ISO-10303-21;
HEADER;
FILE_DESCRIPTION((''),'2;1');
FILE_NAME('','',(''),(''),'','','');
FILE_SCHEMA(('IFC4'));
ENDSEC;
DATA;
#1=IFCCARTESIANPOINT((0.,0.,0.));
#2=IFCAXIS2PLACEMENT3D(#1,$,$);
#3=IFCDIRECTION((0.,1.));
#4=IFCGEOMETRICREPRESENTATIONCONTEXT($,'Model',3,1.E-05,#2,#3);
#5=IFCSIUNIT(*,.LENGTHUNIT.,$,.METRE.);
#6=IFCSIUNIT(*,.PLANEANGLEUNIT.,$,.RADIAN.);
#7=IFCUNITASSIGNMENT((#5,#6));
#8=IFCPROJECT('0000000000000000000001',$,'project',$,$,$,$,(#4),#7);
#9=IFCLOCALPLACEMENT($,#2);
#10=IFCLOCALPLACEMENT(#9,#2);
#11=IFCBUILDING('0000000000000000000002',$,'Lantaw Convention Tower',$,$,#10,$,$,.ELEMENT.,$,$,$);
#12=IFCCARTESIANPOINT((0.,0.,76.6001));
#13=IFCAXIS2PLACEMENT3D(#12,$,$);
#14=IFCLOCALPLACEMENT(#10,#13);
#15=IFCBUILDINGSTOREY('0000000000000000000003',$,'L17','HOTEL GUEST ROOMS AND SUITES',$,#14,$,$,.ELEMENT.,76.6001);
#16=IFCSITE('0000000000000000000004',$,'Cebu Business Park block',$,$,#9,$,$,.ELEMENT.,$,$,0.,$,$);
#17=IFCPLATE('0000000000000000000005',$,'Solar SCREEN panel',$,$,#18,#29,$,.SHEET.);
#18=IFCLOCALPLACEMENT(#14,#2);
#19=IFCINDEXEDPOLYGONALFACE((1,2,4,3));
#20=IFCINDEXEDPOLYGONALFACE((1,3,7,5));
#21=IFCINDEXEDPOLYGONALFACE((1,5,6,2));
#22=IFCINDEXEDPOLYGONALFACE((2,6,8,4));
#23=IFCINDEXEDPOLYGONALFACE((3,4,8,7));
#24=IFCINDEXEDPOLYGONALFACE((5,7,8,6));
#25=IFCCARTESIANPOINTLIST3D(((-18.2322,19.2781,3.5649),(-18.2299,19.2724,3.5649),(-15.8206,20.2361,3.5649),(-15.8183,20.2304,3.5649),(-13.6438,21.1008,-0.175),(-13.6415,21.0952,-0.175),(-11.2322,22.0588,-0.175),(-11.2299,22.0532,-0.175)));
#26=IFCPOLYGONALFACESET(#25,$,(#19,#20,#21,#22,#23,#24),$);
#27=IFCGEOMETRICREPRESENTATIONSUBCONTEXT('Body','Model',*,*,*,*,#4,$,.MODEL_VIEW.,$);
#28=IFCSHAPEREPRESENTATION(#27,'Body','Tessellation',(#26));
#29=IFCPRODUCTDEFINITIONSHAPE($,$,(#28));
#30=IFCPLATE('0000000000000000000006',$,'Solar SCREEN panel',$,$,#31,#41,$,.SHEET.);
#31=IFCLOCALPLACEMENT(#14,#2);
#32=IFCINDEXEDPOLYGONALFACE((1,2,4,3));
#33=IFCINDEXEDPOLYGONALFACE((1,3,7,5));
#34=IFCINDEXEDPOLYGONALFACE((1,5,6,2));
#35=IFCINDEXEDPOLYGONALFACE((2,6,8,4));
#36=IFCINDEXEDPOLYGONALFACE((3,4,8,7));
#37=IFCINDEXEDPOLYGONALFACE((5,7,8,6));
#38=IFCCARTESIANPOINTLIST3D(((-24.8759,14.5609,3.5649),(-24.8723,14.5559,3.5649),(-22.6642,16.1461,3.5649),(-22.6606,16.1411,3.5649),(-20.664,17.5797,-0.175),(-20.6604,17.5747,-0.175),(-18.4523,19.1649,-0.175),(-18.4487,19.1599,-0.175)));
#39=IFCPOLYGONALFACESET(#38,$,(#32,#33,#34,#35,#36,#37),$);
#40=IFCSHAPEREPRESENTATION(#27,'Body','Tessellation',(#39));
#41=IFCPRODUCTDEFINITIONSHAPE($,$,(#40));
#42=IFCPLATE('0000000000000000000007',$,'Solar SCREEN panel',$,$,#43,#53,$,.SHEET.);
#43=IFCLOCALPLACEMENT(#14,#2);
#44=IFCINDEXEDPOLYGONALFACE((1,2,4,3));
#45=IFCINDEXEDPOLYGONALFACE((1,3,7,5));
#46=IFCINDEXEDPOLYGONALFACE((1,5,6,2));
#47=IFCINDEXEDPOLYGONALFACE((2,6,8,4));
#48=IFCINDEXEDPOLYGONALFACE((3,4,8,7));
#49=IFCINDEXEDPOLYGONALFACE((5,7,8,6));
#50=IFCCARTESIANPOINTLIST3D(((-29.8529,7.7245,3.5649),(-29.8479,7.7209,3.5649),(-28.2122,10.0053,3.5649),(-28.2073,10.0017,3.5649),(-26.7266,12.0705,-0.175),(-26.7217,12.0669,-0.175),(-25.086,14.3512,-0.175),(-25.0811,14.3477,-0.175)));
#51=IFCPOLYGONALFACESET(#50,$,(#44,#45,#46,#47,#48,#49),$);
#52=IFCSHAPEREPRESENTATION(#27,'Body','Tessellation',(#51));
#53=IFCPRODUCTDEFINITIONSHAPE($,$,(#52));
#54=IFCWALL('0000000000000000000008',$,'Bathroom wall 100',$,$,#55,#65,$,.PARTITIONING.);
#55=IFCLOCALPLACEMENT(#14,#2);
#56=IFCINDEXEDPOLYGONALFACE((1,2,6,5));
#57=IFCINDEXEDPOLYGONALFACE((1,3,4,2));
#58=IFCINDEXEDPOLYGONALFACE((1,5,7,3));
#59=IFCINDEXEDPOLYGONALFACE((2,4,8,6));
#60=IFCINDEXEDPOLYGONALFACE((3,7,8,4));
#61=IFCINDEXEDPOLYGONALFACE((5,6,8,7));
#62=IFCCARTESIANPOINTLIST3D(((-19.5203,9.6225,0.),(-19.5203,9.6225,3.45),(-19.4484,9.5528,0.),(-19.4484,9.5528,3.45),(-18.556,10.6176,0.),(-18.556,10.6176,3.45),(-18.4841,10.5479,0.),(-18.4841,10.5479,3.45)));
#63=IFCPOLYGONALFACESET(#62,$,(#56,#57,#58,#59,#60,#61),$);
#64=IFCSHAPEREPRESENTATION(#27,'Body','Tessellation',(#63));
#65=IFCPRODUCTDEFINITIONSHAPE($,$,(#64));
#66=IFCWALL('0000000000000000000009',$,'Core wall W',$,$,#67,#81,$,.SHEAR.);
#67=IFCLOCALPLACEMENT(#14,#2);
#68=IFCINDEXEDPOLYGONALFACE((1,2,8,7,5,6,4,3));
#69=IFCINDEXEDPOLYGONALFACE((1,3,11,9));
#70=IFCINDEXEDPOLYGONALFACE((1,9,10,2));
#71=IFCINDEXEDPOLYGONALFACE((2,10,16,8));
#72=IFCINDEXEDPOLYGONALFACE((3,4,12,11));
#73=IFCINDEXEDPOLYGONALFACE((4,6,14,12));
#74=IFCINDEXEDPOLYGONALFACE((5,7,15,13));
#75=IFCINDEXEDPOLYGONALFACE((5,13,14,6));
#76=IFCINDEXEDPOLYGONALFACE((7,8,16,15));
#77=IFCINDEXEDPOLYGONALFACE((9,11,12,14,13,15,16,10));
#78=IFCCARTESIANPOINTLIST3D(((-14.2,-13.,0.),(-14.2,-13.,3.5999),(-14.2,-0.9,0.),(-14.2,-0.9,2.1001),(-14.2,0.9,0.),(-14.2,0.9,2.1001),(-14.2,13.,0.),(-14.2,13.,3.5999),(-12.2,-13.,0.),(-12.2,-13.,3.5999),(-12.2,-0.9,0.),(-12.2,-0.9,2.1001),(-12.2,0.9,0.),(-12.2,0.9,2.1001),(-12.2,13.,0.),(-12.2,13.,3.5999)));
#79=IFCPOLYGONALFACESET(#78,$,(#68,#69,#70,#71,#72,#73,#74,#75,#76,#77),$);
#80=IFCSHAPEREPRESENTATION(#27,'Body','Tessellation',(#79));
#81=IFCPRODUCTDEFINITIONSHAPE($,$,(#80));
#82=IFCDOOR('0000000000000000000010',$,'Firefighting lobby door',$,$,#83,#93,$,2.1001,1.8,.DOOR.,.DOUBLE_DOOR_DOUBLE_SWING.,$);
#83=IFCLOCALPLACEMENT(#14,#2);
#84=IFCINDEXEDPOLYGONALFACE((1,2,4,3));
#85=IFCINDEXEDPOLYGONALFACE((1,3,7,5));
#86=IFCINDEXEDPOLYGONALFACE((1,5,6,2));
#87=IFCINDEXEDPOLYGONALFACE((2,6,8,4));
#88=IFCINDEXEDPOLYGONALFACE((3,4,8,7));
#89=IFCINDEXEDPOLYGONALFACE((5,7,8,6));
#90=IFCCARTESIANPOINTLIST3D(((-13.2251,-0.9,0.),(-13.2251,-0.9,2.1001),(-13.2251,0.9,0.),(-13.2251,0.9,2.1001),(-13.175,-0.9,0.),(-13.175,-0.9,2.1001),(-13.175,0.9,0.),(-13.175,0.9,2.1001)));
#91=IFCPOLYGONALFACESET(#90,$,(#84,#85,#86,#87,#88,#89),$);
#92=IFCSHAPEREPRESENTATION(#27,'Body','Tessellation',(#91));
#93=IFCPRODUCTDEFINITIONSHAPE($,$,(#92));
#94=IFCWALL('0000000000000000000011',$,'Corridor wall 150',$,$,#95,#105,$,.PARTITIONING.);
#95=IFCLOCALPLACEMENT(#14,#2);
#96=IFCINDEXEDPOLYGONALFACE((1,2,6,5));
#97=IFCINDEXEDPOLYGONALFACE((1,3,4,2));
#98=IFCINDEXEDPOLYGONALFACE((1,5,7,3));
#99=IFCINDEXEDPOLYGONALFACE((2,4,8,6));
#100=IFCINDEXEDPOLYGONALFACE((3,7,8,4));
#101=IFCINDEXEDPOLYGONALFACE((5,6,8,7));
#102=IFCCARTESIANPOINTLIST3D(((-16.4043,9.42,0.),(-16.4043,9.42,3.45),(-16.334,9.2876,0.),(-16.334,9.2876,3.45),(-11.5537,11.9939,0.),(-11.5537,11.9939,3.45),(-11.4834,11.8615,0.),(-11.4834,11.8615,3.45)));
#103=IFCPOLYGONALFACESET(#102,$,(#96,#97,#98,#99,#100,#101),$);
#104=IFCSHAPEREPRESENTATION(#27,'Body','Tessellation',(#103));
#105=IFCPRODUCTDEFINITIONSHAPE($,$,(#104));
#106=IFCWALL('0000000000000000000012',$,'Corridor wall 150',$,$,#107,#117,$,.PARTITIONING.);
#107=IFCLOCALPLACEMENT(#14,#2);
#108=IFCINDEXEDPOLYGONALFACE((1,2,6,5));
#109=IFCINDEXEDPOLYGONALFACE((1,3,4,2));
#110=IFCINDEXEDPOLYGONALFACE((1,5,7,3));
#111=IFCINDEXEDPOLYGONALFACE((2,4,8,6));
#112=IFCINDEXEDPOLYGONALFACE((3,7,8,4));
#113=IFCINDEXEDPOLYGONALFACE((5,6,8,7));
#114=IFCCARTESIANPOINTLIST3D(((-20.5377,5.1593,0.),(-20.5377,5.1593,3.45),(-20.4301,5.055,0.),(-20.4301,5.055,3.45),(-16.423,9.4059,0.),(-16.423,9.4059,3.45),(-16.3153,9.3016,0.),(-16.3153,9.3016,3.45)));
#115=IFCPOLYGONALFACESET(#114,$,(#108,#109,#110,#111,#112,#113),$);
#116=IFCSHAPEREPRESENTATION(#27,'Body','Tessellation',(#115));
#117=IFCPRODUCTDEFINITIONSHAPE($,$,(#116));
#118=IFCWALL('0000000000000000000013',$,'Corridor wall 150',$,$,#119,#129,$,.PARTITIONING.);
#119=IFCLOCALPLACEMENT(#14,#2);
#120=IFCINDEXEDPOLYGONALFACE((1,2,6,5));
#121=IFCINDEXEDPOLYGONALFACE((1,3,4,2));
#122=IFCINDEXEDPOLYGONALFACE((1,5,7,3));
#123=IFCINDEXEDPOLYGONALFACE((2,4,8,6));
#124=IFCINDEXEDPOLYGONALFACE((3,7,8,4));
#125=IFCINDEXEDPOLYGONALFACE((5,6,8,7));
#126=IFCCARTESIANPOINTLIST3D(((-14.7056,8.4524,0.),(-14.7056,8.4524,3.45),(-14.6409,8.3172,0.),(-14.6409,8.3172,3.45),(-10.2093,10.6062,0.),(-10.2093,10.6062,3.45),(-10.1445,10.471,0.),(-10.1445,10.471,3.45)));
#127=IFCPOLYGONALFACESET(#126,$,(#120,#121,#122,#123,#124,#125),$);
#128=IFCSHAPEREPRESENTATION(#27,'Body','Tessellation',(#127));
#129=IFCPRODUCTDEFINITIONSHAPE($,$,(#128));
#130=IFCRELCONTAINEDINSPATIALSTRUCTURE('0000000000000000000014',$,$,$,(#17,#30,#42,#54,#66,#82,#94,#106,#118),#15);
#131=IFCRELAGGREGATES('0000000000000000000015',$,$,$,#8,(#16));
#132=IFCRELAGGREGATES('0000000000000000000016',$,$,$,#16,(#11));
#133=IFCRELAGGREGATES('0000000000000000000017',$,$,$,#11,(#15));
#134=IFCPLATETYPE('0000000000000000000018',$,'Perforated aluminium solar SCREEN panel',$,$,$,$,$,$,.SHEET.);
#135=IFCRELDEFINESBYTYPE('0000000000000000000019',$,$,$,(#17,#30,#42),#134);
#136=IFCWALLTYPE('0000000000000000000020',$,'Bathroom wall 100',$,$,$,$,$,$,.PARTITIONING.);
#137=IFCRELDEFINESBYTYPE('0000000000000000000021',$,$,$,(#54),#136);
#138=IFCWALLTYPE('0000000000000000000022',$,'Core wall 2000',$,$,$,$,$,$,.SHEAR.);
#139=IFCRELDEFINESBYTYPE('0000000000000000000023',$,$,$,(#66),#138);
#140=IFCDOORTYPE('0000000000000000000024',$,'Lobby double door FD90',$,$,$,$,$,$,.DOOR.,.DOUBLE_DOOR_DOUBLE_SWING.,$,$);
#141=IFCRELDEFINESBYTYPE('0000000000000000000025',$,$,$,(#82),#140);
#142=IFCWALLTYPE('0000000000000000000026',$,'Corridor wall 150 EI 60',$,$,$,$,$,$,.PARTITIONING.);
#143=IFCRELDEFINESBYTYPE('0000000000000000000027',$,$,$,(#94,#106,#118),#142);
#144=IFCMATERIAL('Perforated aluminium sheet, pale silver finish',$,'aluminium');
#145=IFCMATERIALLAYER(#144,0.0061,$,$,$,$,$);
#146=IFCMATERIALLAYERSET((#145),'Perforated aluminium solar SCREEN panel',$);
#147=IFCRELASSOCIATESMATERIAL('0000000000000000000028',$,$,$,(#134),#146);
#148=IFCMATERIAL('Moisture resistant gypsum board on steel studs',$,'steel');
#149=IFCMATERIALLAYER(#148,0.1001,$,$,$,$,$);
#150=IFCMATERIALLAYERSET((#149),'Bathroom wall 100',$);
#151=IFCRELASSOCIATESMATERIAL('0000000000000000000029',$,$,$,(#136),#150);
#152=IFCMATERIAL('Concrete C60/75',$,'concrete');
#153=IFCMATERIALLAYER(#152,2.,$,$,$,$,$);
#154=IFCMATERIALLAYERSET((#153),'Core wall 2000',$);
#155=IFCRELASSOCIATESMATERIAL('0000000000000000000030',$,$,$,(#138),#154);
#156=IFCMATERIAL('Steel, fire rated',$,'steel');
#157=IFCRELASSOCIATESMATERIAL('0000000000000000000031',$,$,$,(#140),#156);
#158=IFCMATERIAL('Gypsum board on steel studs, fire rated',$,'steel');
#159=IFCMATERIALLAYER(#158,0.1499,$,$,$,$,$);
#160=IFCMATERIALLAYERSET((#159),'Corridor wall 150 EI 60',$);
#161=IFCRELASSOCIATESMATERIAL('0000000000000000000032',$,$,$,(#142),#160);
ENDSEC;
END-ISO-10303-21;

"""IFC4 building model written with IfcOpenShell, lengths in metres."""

from ifc_helpers import new_model, si_unit, direction, frame, frame_2d, origin, place, context, subcontext, project, spatial, polyline, rectangle, outline, extrude, material, layer, layer_set, type_object, element, fill, save


model = new_model("IFC4")

# Units and contexts
model_context = context("Model", 3, precision=1e-05, world=origin(), true_north=direction((0.0, 1.0)))
body_context = subcontext(model_context, "Body", "Model", "MODEL_VIEW")
ifc_project = project(units=[si_unit("LENGTHUNIT", "METRE"), si_unit("PLANEANGLEUNIT", "RADIAN")], contexts=[model_context])

# Site, building, storey
site_placement = place(None, origin())
site = spatial("IfcSite", under=ifc_project, at=site_placement, Name="Cebu Business Park block", CompositionType="ELEMENT", RefElevation=0.0)
building_placement = place(site_placement, origin())
building = spatial("IfcBuilding", under=site, at=building_placement, Name="Lantaw Convention Tower", CompositionType="ELEMENT")
storey_placement = place(building_placement, frame((0.0, 0.0, 76.6001)))
storey = spatial("IfcBuildingStorey", under=building, at=storey_placement, Name="L17", Description="HOTEL GUEST ROOMS AND SUITES", CompositionType="ELEMENT", Elevation=76.6001)

# Shared definitions
ifc_material_1 = material(Name="Concrete C60/75", Category="concrete")

# Plates
ifc_material_2 = material(Name="Perforated aluminium sheet, pale silver finish", Category="aluminium")
ifc_layer_1 = layer(ifc_material_2, 0.0061)
ifc_layer_set_1 = layer_set([ifc_layer_1], Name="Perforated aluminium solar SCREEN panel")
plate_type = type_object("IfcPlateType", Name="Perforated aluminium solar SCREEN panel", PredefinedType="SHEET", material=ifc_layer_set_1)
plate_1_placement = place(storey_placement, frame((-11.2322, 22.0588, -0.175), z_axis=(-0.369184, 0.929357, 0.000009), x_axis=(-0.929357, -0.369184, 0.0)))
element("IfcPlate", 1, at=plate_1_placement, inside=storey, type_object=plate_type, Name="Solar SCREEN panel", PredefinedType="SHEET", context=body_context, shape_type="SweptSolid", body=[
    extrude(outline(polyline([(0.0, 0.0), (2.5949, 0.0), (7.5321, 3.74), (4.9372, 3.74), (0.0, 0.0)])), origin(), (0.0, 0.0, -1.0), 0.0061),
])
plate_2_placement = place(storey_placement, frame((-18.4487, 19.1599, -0.175), z_axis=(0.582561, -0.812787, 0.000016), x_axis=(-0.812787, -0.582561, 0.0)))
element("IfcPlate", 2, at=plate_2_placement, inside=storey, type_object=plate_type, Name="Solar SCREEN panel", PredefinedType="SHEET", context=body_context, shape_type="SweptSolid", body=[
    extrude(outline(polyline([(0.0, 0.0), (2.7211, 0.0), (7.9031, -3.74), (5.182, -3.74), (0.0, 0.0)])), origin(), (0.0, 0.0, -1.0), 0.0061),
])
plate_3_placement = place(storey_placement, frame((-25.0811, 14.3477, -0.175), z_axis=(0.811791, -0.583948, 0.000009), x_axis=(-0.583948, -0.811791, 0.0)))
element("IfcPlate", 3, at=plate_3_placement, inside=storey, type_object=plate_type, Name="Solar SCREEN panel", PredefinedType="SHEET", context=body_context, shape_type="SweptSolid", body=[
    extrude(outline(polyline([(0.0, 0.0), (2.8095, 0.0), (8.1631, -3.74), (5.3536, -3.74), (0.0, 0.0)])), origin(), (0.0, 0.0, -1.0), 0.0061),
])

# Wall
ifc_material_3 = material(Name="Moisture resistant gypsum board on steel studs", Category="steel")
ifc_layer_2 = layer(ifc_material_3, 0.1001)
ifc_layer_set_2 = layer_set([ifc_layer_2], Name="Bathroom wall 100")
wall_type_1 = type_object("IfcWallType", Name="Bathroom wall 100", PredefinedType="PARTITIONING", material=ifc_layer_set_2)
wall_1_placement = place(storey_placement, frame((-19.4844, 9.5876, 0.0), z_axis=(0.0, 0.0, 1.0), x_axis=(0.69592, 0.718119, 0.0)))
element("IfcWall", 4, at=wall_1_placement, inside=storey, type_object=wall_type_1, Name="Bathroom wall 100", PredefinedType="PARTITIONING", context=body_context, shape_type="SweptSolid", body=[
    extrude(rectangle(XDim=1.3857, YDim=0.1001, at=frame_2d((0.6929, 0.0))), origin(), (0.0, 0.0, 1.0), 3.45),
])

# Wall, opening, door
ifc_layer_3 = layer(ifc_material_1, 2.0)
ifc_layer_set_3 = layer_set([ifc_layer_3], Name="Core wall 2000")
wall_type_2 = type_object("IfcWallType", Name="Core wall 2000", PredefinedType="SHEAR", material=ifc_layer_set_3)
wall_2_placement = place(storey_placement, frame((-13.2, 13.0, 0.0), z_axis=(0.0, 0.0, 1.0), x_axis=(0.0, -1.0, 0.0)))
wall_2 = element("IfcWall", 5, at=wall_2_placement, inside=storey, type_object=wall_type_2, Name="Core wall W", PredefinedType="SHEAR", context=body_context, shape_type="SweptSolid", body=[
    extrude(rectangle(XDim=26.0, YDim=2.0, at=frame_2d((13.0, 0.0))), origin(), (0.0, 0.0, 1.0), 3.5999),
])
opening_1_placement = place(wall_2_placement, frame((12.1001, 0.0, 0.0)))
opening_1 = element("IfcOpeningElement", 6, at=opening_1_placement, cuts=wall_2, PredefinedType="OPENING", context=body_context, shape_type="SweptSolid", body=[
    extrude(rectangle(XDim=1.8, YDim=2.1001, at=frame_2d((0.8999, 1.05))), frame((0.0, 1.01, 0.0), z_axis=(0.0, -1.0, 0.0), x_axis=(1.0, 0.0, 0.0)), (0.0, 0.0, 1.0), 2.02),
])
ifc_material_4 = material(Name="Steel, fire rated", Category="steel")
door_type = type_object("IfcDoorType", Name="Lobby double door FD90", OperationType="DOUBLE_DOOR_DOUBLE_SWING", PredefinedType="DOOR", material=ifc_material_4)
door_placement = place(opening_1_placement, origin())
door = element("IfcDoor", 7, at=door_placement, inside=storey, type_object=door_type, Name="Firefighting lobby door", OperationType="DOUBLE_DOOR_DOUBLE_SWING", OverallHeight=2.1001, OverallWidth=1.8, PredefinedType="DOOR", context=body_context, shape_type="SweptSolid", body=[
    extrude(rectangle(XDim=1.8, YDim=2.1001, at=frame_2d((0.8999, 1.05))), frame((0.0, 0.0249, 0.0), z_axis=(0.0, -1.0, 0.0), x_axis=(1.0, 0.0, 0.0)), (0.0, 0.0, 1.0), 0.05),
])
fill(opening_1, door)

# Walls
ifc_material_5 = material(Name="Gypsum board on steel studs, fire rated", Category="steel")
ifc_layer_4 = layer(ifc_material_5, 0.1499)
ifc_layer_set_4 = layer_set([ifc_layer_4], Name="Corridor wall 150 EI 60")
wall_type_3 = type_object("IfcWallType", Name="Corridor wall 150 EI 60", PredefinedType="PARTITIONING", material=ifc_layer_set_4)
wall_3_placement = place(storey_placement, frame((-11.5186, 11.9277, 0.0), z_axis=(0.0, 0.0, 1.0), x_axis=(-0.883334, -0.468743, 0.0)))
element("IfcWall", 8, at=wall_3_placement, inside=storey, type_object=wall_type_3, Name="Corridor wall 150", PredefinedType="PARTITIONING", context=body_context, shape_type="SweptSolid", body=[
    extrude(rectangle(XDim=5.4912, YDim=0.1499, at=frame_2d((2.7456, 0.0))), origin(), (0.0, 0.0, 1.0), 3.45),
])
wall_4_placement = place(storey_placement, frame((-16.3691, 9.3538, 0.0), z_axis=(0.0, 0.0, 1.0), x_axis=(-0.695871, -0.718167, 0.0)))
element("IfcWall", 9, at=wall_4_placement, inside=storey, type_object=wall_type_3, Name="Corridor wall 150", PredefinedType="PARTITIONING", context=body_context, shape_type="SweptSolid", body=[
    extrude(rectangle(XDim=5.9131, YDim=0.1499, at=frame_2d((2.9565, 0.0))), origin(), (0.0, 0.0, 1.0), 3.45),
])
wall_5_placement = place(storey_placement, frame((-10.177, 10.5386, 0.0), z_axis=(0.0, 0.0, 1.0), x_axis=(-0.90187, -0.432008, 0.0)))
element("IfcWall", 10, at=wall_5_placement, inside=storey, type_object=wall_type_3, Name="Corridor wall 150", PredefinedType="PARTITIONING", context=body_context, shape_type="SweptSolid", body=[
    extrude(rectangle(XDim=4.9856, YDim=0.1499, at=frame_2d((2.4927, 0.0))), origin(), (0.0, 0.0, 1.0), 3.45),
])

save(model, "model.ifc")
